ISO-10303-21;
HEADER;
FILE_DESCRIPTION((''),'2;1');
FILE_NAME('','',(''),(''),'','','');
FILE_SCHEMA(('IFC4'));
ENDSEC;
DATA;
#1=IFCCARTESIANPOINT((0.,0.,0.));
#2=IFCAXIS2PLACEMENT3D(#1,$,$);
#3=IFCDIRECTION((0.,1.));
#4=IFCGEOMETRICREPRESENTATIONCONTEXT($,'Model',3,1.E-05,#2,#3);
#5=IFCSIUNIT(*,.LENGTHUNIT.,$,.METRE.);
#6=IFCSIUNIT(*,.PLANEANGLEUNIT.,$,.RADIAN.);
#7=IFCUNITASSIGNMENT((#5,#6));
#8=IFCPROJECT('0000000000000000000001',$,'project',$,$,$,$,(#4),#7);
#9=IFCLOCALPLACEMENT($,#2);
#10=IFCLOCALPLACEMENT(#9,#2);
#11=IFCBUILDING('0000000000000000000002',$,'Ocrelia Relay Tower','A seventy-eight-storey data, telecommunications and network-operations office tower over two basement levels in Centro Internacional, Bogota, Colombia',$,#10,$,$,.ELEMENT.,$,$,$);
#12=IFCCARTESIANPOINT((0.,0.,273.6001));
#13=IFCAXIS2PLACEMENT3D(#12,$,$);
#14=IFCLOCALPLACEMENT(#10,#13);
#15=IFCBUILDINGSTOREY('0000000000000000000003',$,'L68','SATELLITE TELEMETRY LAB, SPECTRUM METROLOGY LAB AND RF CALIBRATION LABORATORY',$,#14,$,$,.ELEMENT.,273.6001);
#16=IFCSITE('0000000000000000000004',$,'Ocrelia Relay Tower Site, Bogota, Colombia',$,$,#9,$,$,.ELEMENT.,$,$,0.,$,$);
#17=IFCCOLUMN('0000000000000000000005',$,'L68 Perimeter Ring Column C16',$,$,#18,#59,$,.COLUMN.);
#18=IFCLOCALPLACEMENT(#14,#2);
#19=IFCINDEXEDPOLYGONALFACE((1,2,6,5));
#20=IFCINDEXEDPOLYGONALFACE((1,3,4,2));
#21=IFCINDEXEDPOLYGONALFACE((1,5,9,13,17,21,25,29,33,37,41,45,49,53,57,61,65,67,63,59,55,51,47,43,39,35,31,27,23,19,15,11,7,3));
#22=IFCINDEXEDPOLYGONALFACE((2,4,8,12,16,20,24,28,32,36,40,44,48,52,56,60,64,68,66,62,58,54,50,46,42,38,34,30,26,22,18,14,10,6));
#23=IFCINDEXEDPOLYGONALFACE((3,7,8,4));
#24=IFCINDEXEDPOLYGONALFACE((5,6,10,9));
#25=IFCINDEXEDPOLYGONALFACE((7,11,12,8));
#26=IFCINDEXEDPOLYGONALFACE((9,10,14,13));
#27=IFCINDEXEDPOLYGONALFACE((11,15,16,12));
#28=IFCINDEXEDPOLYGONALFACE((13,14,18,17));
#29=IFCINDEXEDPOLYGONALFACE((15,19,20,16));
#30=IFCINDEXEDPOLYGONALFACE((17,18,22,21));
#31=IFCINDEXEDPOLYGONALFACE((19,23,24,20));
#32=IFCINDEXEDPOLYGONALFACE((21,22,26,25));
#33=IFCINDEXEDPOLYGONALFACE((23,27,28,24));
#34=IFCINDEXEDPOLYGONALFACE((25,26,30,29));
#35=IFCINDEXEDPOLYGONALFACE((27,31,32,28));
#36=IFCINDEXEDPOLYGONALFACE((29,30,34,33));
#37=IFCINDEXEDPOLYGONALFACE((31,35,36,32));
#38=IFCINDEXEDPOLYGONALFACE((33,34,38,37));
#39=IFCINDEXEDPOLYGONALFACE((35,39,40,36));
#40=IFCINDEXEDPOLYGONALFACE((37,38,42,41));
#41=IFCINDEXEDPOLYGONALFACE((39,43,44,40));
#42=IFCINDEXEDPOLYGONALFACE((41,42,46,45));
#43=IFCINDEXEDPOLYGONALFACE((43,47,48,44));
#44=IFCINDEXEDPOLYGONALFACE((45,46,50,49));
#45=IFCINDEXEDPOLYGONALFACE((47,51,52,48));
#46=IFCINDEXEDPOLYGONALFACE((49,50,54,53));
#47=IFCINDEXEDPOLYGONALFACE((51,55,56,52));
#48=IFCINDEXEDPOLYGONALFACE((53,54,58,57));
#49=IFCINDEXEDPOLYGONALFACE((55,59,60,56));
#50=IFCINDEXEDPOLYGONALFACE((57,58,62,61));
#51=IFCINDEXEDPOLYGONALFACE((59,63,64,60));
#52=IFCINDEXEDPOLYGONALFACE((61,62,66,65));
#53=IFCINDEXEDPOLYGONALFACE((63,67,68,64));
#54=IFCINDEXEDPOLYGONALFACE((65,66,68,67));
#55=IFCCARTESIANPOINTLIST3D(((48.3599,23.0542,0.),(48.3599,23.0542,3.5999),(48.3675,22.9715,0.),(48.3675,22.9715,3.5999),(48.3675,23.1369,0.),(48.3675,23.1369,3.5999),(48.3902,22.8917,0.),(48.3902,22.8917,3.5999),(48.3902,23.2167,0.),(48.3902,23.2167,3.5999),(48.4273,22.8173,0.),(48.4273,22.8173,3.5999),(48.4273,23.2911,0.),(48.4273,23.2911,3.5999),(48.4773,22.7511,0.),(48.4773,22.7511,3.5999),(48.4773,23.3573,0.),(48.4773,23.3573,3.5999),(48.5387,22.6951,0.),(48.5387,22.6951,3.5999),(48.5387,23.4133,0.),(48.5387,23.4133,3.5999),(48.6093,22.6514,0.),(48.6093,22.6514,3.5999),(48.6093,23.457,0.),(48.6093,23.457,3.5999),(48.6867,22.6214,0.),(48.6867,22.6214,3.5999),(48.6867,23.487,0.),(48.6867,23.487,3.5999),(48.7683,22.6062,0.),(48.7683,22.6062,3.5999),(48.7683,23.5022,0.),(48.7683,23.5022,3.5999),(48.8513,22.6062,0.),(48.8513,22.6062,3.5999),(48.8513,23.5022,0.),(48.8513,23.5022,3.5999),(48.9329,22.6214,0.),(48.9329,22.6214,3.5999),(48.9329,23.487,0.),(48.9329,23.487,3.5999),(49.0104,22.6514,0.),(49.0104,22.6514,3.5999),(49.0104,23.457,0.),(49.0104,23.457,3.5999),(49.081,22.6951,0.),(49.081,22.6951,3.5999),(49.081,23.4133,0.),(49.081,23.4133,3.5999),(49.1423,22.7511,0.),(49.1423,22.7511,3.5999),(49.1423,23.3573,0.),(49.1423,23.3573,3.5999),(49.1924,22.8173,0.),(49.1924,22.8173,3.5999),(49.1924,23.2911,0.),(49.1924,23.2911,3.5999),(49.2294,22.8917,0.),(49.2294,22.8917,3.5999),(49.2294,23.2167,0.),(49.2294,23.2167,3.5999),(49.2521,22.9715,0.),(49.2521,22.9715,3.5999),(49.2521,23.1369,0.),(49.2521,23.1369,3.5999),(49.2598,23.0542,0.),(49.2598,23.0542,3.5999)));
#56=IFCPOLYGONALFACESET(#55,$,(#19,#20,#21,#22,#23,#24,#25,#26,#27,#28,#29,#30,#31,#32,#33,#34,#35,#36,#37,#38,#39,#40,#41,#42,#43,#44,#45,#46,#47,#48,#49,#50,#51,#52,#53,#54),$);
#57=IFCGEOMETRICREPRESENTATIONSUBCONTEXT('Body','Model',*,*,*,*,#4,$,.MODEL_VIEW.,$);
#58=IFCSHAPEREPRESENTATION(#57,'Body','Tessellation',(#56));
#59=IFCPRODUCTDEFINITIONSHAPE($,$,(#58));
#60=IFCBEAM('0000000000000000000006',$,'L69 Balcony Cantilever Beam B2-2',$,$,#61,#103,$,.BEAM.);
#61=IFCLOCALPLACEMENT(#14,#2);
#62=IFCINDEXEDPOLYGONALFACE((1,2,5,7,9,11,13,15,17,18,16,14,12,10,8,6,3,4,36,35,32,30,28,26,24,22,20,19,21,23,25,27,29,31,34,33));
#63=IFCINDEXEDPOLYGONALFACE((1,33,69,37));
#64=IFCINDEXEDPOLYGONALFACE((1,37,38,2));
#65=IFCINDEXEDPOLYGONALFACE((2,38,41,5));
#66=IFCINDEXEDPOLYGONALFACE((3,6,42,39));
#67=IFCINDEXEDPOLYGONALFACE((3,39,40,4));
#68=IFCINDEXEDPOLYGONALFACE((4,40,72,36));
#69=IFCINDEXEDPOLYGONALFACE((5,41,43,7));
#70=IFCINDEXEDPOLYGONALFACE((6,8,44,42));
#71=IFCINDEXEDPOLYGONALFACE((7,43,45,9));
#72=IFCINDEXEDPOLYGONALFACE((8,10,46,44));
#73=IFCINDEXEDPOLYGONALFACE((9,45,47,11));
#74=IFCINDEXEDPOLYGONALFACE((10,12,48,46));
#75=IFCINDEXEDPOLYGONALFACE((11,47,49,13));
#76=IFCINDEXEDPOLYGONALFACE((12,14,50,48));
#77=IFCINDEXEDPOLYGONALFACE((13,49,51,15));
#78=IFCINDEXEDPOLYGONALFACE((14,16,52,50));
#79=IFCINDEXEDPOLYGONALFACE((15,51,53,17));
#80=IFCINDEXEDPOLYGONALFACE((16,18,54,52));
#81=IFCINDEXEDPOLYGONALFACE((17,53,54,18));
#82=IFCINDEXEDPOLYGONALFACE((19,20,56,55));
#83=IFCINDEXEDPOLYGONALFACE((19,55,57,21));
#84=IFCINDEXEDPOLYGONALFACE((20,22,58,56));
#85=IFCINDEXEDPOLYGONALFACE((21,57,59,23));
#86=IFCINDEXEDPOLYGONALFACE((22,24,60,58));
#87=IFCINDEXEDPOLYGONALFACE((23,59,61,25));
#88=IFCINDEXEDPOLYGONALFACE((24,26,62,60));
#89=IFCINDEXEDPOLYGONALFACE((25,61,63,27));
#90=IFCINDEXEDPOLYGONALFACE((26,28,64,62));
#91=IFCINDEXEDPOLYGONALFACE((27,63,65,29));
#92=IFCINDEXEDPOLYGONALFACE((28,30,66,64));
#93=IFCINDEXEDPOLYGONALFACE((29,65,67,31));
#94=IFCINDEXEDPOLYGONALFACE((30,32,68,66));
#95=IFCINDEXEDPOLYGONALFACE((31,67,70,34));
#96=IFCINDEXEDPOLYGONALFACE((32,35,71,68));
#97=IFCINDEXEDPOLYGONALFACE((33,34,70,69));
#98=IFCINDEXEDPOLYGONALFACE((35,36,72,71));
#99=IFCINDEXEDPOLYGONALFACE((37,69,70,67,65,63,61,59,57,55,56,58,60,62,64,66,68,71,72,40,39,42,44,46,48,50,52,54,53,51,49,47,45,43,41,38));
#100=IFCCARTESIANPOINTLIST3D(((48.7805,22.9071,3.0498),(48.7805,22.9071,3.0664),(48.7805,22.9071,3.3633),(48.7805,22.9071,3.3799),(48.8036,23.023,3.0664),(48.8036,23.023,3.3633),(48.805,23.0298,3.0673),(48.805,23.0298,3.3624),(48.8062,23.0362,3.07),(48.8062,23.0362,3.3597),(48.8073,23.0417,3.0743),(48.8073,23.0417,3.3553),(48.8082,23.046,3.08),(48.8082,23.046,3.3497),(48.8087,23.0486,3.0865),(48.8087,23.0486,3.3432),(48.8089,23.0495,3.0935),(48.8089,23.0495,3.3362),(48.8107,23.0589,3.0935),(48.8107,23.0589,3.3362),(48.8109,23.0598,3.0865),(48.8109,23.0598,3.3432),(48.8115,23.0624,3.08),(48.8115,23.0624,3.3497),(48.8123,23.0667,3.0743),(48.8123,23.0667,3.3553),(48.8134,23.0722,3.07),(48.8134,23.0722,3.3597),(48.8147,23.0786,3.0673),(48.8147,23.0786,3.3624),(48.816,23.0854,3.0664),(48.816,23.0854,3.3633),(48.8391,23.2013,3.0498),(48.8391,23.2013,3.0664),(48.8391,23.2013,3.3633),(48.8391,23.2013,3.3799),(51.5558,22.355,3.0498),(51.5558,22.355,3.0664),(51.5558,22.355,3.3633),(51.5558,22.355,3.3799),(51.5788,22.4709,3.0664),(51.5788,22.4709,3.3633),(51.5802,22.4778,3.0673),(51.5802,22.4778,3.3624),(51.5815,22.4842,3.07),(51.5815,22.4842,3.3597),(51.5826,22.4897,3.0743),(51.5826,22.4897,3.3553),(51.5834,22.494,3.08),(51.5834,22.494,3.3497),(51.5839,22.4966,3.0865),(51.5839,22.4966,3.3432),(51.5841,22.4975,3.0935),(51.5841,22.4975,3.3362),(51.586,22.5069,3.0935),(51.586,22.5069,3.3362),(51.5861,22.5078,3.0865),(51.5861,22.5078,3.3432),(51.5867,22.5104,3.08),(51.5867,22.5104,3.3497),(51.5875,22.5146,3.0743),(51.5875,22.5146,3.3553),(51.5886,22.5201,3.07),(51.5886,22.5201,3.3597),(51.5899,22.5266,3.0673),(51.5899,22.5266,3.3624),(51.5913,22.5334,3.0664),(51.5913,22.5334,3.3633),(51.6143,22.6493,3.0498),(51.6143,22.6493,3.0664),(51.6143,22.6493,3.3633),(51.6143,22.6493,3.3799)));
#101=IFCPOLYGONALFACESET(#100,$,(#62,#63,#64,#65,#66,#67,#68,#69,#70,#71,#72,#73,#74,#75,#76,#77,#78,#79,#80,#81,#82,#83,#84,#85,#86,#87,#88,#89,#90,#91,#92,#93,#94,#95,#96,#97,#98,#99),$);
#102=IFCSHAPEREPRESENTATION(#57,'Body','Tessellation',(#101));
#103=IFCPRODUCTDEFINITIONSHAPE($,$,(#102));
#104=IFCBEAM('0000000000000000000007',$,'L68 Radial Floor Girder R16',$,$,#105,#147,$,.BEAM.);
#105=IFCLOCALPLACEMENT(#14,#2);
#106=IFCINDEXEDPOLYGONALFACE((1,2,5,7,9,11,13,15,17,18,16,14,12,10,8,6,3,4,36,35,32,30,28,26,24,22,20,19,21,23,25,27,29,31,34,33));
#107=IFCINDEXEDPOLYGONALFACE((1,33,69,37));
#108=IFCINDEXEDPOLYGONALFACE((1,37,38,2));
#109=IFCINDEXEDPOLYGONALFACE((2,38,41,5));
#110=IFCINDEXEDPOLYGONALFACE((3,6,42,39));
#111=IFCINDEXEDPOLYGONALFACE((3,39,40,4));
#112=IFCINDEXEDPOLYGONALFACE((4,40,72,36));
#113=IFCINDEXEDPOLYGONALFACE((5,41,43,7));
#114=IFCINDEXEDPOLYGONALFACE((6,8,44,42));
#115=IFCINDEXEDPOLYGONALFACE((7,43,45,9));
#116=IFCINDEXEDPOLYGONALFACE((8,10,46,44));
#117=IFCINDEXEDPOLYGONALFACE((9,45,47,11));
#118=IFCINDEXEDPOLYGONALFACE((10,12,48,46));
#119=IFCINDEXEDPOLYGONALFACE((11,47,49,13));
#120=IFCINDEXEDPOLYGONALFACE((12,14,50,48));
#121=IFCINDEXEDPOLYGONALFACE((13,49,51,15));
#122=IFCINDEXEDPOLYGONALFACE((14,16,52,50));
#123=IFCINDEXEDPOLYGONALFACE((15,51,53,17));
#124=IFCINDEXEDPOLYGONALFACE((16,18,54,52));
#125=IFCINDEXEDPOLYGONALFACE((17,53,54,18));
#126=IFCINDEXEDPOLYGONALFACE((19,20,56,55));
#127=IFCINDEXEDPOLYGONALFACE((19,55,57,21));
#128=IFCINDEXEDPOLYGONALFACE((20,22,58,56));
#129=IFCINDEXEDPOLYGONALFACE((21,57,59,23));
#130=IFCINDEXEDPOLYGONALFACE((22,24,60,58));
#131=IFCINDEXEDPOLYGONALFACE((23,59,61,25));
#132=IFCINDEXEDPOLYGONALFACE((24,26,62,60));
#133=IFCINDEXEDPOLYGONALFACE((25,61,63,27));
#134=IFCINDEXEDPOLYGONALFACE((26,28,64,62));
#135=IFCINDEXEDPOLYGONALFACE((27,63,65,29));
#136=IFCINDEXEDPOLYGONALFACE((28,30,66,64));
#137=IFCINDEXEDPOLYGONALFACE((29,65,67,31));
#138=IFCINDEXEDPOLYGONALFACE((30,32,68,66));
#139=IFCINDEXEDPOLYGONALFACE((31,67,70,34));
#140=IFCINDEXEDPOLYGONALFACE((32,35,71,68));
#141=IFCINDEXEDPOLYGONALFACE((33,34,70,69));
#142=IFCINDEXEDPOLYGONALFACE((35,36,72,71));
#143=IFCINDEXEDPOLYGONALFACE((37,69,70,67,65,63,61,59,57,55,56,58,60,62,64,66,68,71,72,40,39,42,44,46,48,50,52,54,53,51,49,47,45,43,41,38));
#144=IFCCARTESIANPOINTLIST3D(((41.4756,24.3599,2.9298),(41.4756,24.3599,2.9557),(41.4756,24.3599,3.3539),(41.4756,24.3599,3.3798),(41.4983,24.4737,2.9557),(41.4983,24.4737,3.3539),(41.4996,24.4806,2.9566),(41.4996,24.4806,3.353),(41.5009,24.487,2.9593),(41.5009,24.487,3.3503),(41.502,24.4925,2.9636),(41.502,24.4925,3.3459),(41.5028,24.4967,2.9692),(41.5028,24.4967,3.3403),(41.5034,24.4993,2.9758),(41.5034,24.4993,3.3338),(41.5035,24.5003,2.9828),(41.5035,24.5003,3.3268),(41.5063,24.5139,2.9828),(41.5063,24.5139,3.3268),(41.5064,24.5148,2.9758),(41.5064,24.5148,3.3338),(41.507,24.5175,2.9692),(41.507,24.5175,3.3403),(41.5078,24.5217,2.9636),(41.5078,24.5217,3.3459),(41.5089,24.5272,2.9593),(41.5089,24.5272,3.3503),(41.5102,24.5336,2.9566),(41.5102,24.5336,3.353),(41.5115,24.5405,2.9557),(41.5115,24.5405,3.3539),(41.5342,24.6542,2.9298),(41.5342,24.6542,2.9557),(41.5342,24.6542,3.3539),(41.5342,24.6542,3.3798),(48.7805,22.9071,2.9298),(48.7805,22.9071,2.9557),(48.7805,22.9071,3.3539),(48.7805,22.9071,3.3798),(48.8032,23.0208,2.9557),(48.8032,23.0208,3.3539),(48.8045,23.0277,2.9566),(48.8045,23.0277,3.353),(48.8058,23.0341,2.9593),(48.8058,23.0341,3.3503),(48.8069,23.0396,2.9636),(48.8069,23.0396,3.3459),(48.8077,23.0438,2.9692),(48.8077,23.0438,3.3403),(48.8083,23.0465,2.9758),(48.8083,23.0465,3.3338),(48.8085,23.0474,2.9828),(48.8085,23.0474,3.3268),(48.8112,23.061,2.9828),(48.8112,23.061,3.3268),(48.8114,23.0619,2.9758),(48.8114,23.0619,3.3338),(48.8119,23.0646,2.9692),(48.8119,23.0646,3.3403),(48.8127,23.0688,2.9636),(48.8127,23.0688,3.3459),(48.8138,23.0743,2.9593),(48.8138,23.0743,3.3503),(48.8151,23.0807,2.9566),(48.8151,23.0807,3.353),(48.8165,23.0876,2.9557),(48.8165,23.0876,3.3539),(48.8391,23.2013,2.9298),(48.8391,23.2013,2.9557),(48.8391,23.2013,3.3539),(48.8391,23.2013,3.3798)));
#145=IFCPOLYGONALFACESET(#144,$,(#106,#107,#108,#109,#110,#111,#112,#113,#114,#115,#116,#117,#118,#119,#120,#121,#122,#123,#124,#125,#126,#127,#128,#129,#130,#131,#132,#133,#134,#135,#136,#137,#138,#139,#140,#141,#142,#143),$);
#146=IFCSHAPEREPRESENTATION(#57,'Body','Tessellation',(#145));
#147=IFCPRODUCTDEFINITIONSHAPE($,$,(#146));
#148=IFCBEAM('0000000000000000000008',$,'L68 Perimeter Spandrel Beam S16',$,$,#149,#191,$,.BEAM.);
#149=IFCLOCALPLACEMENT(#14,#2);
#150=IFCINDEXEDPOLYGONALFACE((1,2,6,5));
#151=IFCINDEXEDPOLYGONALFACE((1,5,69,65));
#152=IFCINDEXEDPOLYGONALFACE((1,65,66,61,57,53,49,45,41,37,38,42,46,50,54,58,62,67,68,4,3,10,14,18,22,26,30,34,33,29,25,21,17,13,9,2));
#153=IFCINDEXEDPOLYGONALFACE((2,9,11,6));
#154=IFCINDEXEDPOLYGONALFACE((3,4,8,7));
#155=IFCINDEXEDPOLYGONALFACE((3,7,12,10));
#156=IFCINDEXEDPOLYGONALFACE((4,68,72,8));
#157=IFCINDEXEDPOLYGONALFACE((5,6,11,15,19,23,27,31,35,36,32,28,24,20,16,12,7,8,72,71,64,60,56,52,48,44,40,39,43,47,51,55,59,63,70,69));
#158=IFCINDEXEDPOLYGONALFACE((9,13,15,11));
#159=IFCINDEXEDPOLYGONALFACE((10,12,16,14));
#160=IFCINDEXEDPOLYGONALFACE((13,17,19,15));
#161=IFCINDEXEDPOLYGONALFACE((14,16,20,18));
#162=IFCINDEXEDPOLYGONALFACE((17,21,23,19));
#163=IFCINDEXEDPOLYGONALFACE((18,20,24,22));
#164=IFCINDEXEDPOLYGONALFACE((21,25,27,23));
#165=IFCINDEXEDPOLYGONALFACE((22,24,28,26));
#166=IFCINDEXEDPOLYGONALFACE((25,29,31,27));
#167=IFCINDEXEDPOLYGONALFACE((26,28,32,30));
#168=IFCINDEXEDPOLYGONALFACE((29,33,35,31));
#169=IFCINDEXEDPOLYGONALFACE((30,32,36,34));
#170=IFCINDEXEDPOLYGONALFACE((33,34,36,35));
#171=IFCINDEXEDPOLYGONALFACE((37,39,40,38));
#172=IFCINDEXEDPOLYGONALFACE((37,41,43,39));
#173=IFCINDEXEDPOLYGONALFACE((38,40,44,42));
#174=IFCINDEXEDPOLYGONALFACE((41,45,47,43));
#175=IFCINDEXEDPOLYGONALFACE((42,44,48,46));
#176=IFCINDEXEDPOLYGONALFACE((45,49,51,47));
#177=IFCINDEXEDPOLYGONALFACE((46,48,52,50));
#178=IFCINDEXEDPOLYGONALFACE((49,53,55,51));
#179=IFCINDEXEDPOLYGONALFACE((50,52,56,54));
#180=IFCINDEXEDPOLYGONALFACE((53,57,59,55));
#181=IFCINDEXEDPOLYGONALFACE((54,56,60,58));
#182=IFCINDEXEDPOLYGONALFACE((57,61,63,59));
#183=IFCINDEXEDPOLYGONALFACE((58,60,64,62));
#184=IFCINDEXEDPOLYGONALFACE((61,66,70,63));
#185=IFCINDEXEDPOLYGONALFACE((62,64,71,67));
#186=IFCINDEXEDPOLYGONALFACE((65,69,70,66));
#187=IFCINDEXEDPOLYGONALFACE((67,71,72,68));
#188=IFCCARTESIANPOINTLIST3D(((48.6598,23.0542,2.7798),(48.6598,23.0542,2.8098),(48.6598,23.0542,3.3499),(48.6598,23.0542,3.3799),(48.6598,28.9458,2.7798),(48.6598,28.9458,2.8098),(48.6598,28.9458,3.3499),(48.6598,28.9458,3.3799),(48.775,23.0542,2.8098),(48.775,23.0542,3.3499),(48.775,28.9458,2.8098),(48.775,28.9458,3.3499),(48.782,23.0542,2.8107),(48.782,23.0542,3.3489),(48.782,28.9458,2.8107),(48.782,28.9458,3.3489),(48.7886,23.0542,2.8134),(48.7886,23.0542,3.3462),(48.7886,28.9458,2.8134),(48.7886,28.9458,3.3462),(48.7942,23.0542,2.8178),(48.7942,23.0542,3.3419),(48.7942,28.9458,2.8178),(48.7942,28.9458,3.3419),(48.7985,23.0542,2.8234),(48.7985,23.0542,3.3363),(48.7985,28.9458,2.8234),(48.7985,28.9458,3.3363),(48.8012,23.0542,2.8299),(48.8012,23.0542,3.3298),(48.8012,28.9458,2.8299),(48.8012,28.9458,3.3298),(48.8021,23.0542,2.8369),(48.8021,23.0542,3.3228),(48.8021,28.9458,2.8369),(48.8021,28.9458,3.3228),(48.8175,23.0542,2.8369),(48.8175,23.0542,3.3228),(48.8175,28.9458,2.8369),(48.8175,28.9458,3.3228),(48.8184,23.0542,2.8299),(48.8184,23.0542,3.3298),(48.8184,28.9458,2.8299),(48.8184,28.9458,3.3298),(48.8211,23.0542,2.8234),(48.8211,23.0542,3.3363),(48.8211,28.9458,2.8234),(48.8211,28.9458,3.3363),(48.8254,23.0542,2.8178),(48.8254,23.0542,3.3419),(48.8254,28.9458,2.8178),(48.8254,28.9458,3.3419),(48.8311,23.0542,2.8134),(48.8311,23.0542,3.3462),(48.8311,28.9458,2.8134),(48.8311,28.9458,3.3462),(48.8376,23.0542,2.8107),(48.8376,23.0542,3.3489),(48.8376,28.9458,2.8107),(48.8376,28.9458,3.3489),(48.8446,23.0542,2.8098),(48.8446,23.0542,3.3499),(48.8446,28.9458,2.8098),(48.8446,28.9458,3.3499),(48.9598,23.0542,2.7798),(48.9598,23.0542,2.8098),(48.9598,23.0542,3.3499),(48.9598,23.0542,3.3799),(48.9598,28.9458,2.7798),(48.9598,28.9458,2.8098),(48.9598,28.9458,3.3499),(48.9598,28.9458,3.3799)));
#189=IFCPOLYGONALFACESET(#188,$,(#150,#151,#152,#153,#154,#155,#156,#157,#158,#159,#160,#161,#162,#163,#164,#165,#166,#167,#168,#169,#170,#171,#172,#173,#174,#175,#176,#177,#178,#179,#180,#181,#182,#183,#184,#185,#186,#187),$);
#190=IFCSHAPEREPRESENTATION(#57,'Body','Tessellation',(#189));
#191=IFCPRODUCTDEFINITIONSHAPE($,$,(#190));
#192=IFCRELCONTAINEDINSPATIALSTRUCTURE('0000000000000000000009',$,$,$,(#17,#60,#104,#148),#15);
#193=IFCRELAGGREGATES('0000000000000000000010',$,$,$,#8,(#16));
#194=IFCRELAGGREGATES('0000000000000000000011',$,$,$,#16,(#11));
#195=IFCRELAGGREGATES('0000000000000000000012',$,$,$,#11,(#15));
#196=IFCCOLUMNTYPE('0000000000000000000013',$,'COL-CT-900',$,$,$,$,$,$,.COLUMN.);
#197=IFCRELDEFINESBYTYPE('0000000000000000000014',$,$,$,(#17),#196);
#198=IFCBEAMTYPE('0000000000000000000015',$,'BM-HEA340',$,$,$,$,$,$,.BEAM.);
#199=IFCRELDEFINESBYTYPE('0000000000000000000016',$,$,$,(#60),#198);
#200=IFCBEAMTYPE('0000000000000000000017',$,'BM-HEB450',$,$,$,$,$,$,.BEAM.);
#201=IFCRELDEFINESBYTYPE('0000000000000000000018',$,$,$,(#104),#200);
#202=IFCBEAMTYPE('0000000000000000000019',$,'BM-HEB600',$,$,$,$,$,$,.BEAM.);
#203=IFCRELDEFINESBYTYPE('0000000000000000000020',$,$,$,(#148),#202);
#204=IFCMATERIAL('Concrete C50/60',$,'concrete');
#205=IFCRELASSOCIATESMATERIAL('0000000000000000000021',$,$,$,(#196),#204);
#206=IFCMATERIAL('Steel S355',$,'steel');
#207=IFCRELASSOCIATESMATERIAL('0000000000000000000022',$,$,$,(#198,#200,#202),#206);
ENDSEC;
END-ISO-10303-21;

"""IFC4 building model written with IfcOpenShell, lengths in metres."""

from ifc_helpers import new_model, si_unit, direction, frame, origin, origin_2d, place, context, subcontext, project, spatial, circle, i_section, extrude, material, material_profile, profile_set, type_object, element, save


model = new_model("IFC4")

# Units and contexts
model_context = context("Model", 3, precision=1e-05, world=origin(), true_north=direction((0.0, 1.0)))
body_context = subcontext(model_context, "Body", "Model", "MODEL_VIEW")
ifc_project = project(units=[si_unit("LENGTHUNIT", "METRE"), si_unit("PLANEANGLEUNIT", "RADIAN")], contexts=[model_context])

# Site, building, storey
site_placement = place(None, origin())
site = spatial("IfcSite", under=ifc_project, at=site_placement, Name="Ocrelia Relay Tower Site, Bogota, Colombia", CompositionType="ELEMENT", RefElevation=0.0)
building_placement = place(site_placement, origin())
building = spatial("IfcBuilding", under=site, at=building_placement, Name="Ocrelia Relay Tower", Description="A seventy-eight-storey data, telecommunications and network-operations office tower over two basement levels in Centro Internacional, Bogota, Colombia", CompositionType="ELEMENT")
storey_placement = place(building_placement, frame((0.0, 0.0, 273.6001)))
storey = spatial("IfcBuildingStorey", under=building, at=storey_placement, Name="L68", Description="SATELLITE TELEMETRY LAB, SPECTRUM METROLOGY LAB AND RF CALIBRATION LABORATORY", CompositionType="ELEMENT", Elevation=273.6001)

# Column
ifc_material_1 = material(Name="Concrete C50/60", Category="concrete")
ifc_material_profile_1 = material_profile(ifc_material_1, circle(Radius=0.45, at=origin_2d()), Name="RC-CIR-900")
ifc_profile_set_1 = profile_set([ifc_material_profile_1], Name="Concrete C50/60")
column_type = type_object("IfcColumnType", Name="COL-CT-900", PredefinedType="COLUMN", material=ifc_profile_set_1)
column_placement = place(storey_placement, frame((48.8098, 23.0542, 0.0), z_axis=(0.0, 0.0, 1.0), x_axis=(1.0, 0.0, 0.0)))
element("IfcColumn", 1, at=column_placement, inside=storey, type_object=column_type, Name="L68 Perimeter Ring Column C16", PredefinedType="COLUMN", context=body_context, shape_type="SweptSolid", body=[
    extrude(circle(Radius=0.45, at=origin_2d()), origin(), (0.0, 0.0, 1.0), 3.5999),
])

# Beams
ifc_material_2 = material(Name="Steel S355", Category="steel")
ifc_material_profile_2 = material_profile(ifc_material_2, i_section(OverallWidth=0.3, OverallDepth=0.3301, WebThickness=0.0095, FlangeThickness=0.0166, FilletRadius=0.0271, at=origin_2d()), Name="HEA 340")
ifc_profile_set_2 = profile_set([ifc_material_profile_2], Name="Steel S355")
beam_type_1 = type_object("IfcBeamType", Name="BM-HEA340", PredefinedType="BEAM", material=ifc_profile_set_2)
beam_1_placement = place(storey_placement, frame((48.8098, 23.0542, 3.2148), z_axis=(0.980786, -0.195087, 0.0), x_axis=(0.195087, 0.980786, 0.0)))
element("IfcBeam", 2, at=beam_1_placement, inside=storey, type_object=beam_type_1, Name="L69 Balcony Cantilever Beam B2-2", PredefinedType="BEAM", context=body_context, shape_type="SweptSolid", body=[
    extrude(i_section(OverallWidth=0.3, OverallDepth=0.3301, WebThickness=0.0095, FlangeThickness=0.0166, FilletRadius=0.0271, at=origin_2d()), origin(), (0.0, 0.0, 1.0), 2.8296),
])
ifc_material_profile_3 = material_profile(ifc_material_2, i_section(OverallWidth=0.3, OverallDepth=0.45, WebThickness=0.0139, FlangeThickness=0.0259, FilletRadius=0.0271, at=origin_2d()), Name="HEB 450")
ifc_profile_set_3 = profile_set([ifc_material_profile_3], Name="Steel S355")
beam_type_2 = type_object("IfcBeamType", Name="BM-HEB450", PredefinedType="BEAM", material=ifc_profile_set_3)
beam_2_placement = place(storey_placement, frame((48.8098, 23.0542, 3.1548), z_axis=(-0.980789, 0.19507, 0.0), x_axis=(-0.19507, -0.980789, 0.0)))
element("IfcBeam", 3, at=beam_2_placement, inside=storey, type_object=beam_type_2, Name="L68 Radial Floor Girder R16", PredefinedType="BEAM", context=body_context, shape_type="SweptSolid", body=[
    extrude(i_section(OverallWidth=0.3, OverallDepth=0.45, WebThickness=0.0139, FlangeThickness=0.0259, FilletRadius=0.0271, at=origin_2d()), origin(), (0.0, 0.0, 1.0), 7.448),
])
ifc_material_profile_4 = material_profile(ifc_material_2, i_section(OverallWidth=0.3, OverallDepth=0.6001, WebThickness=0.0154, FlangeThickness=0.03, FilletRadius=0.0271, at=origin_2d()), Name="HEB 600")
ifc_profile_set_4 = profile_set([ifc_material_profile_4], Name="Steel S355")
beam_type_3 = type_object("IfcBeamType", Name="BM-HEB600", PredefinedType="BEAM", material=ifc_profile_set_4)
beam_3_placement = place(storey_placement, frame((48.8098, 23.0542, 3.0798), z_axis=(0.0, 1.0, 0.0), x_axis=(-1.0, 0.0, 0.0)))
element("IfcBeam", 4, at=beam_3_placement, inside=storey, type_object=beam_type_3, Name="L68 Perimeter Spandrel Beam S16", PredefinedType="BEAM", context=body_context, shape_type="SweptSolid", body=[
    extrude(i_section(OverallWidth=0.3, OverallDepth=0.6001, WebThickness=0.0154, FlangeThickness=0.03, FilletRadius=0.0271, at=origin_2d()), origin(), (0.0, 0.0, 1.0), 5.8916),
])

save(model, "model.ifc")
